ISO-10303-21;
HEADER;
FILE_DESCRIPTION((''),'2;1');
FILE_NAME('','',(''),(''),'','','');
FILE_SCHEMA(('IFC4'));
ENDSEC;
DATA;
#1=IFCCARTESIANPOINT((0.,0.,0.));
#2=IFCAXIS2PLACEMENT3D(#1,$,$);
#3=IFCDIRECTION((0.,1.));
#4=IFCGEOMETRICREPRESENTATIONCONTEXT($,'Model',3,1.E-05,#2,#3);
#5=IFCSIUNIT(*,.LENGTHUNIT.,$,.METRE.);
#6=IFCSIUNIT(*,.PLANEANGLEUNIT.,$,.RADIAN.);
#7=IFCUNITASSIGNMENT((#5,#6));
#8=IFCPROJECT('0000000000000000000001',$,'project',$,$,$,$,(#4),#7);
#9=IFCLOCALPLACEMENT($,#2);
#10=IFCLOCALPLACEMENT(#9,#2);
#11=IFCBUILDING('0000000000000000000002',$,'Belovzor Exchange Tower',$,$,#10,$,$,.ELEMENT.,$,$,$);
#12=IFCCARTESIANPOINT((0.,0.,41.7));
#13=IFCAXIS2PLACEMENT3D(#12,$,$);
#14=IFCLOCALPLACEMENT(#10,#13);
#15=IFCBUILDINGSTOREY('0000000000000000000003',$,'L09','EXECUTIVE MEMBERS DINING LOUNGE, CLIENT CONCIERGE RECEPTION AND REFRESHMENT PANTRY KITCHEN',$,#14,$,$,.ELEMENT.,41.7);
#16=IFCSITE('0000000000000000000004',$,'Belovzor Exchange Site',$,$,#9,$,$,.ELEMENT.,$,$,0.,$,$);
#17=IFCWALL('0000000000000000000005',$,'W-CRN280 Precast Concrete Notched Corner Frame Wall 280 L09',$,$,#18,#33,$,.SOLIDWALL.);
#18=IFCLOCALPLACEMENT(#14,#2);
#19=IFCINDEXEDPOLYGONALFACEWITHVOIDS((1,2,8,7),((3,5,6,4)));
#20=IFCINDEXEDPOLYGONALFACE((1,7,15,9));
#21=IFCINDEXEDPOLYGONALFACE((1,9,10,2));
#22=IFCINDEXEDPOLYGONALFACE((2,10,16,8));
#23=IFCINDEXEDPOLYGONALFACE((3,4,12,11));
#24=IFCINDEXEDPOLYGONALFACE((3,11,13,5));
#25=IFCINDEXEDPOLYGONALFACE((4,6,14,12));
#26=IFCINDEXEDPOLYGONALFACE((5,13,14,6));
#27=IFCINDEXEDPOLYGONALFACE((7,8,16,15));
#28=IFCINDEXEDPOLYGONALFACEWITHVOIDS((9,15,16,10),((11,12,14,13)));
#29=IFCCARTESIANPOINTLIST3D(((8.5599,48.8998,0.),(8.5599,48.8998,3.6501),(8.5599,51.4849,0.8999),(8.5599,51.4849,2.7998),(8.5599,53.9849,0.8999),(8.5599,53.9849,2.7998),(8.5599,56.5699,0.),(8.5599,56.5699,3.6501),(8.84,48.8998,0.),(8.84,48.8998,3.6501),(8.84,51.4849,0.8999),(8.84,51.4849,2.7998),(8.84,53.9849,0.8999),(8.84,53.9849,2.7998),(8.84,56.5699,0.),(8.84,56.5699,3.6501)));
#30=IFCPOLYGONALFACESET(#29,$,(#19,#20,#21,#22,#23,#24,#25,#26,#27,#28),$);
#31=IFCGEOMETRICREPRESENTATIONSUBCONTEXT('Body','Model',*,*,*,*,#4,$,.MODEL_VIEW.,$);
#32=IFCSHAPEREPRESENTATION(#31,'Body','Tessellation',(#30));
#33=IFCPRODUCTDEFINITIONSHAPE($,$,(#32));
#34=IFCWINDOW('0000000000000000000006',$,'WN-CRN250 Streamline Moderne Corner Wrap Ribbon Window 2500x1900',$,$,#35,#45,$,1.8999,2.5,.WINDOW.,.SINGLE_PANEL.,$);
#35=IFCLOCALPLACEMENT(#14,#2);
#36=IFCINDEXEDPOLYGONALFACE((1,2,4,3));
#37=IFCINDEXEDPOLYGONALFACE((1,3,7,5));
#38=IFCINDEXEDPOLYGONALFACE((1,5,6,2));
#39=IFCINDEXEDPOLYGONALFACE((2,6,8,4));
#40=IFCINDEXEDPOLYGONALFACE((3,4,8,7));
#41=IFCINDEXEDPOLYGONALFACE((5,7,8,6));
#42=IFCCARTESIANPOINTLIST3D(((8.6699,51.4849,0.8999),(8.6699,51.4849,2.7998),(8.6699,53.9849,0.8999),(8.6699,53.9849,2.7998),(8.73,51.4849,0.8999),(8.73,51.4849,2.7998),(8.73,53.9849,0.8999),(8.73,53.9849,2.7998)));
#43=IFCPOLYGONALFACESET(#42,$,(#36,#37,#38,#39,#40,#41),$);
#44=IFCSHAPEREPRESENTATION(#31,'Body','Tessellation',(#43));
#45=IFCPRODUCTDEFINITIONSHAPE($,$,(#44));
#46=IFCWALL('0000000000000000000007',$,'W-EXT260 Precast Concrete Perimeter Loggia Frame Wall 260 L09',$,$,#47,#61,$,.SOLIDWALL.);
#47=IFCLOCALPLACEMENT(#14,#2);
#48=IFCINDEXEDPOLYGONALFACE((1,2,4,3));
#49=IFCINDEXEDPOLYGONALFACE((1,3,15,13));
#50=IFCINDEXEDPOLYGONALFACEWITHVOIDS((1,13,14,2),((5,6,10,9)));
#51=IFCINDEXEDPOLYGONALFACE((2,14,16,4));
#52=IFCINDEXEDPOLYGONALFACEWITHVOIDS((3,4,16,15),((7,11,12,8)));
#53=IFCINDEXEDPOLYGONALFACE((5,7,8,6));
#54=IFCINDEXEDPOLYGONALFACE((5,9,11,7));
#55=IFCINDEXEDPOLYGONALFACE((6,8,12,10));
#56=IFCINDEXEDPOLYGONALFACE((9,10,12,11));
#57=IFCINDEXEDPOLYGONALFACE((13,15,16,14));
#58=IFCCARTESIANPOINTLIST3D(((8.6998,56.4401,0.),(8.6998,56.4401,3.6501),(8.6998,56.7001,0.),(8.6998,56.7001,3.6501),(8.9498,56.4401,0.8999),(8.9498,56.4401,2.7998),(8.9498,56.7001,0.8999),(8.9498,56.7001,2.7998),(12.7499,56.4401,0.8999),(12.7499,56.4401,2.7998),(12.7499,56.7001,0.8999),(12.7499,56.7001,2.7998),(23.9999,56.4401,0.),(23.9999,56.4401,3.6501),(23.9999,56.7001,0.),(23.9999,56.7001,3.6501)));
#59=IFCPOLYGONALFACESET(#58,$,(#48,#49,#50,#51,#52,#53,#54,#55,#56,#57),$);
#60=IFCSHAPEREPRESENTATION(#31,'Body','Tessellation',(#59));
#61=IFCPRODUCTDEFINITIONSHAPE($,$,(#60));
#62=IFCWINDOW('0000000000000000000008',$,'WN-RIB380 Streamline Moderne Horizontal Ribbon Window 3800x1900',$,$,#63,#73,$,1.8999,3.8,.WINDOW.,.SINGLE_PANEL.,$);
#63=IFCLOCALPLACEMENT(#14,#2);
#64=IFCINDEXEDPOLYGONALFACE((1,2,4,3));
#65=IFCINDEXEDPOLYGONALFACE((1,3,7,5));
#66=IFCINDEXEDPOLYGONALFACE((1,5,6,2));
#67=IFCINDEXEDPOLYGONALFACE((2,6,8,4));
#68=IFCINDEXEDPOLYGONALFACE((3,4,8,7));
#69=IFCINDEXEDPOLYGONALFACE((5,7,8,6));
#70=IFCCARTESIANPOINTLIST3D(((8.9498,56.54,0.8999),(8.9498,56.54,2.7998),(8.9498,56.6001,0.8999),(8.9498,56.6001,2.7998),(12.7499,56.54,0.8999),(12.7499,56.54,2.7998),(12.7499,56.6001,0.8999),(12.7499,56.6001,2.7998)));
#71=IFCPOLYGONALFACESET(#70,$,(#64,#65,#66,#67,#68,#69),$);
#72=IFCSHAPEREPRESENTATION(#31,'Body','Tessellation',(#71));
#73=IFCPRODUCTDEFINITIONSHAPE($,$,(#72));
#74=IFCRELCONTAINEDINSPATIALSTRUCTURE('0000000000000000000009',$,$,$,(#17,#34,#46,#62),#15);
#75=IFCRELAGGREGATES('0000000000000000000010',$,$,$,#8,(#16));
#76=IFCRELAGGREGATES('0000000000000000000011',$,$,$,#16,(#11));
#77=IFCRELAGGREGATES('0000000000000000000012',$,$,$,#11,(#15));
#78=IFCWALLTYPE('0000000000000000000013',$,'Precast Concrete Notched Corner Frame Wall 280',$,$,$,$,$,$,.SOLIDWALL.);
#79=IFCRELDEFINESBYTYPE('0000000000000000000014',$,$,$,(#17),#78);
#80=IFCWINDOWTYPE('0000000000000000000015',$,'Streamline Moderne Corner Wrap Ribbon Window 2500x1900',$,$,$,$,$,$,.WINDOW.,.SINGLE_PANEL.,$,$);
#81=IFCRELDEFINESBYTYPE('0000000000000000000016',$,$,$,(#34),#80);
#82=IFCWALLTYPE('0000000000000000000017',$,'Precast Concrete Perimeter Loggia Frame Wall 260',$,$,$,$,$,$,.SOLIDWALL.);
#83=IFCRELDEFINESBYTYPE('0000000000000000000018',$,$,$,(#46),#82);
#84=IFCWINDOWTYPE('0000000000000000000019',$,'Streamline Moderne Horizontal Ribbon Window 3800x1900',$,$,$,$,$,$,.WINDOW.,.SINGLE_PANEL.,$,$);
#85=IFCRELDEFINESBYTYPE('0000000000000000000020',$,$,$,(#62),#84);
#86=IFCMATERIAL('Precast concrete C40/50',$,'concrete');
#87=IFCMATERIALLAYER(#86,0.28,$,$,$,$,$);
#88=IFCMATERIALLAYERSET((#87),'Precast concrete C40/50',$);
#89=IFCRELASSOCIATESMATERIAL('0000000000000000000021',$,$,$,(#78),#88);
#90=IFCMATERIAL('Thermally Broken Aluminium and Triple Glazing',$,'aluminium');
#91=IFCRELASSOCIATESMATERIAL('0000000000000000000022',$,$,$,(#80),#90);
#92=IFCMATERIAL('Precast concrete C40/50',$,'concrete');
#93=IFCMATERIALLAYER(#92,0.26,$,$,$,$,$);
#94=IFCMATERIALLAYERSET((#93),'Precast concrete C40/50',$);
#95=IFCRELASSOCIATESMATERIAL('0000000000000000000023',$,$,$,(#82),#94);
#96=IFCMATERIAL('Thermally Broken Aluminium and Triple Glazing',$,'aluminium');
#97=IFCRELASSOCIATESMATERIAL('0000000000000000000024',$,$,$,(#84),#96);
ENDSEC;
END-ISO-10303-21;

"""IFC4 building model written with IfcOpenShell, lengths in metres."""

from ifc_helpers import new_model, si_unit, direction, frame, frame_2d, origin, place, context, subcontext, project, spatial, rectangle, extrude, material, layer, layer_set, type_object, element, fill, save


model = new_model("IFC4")

# Units and contexts
model_context = context("Model", 3, precision=1e-05, world=origin(), true_north=direction((0.0, 1.0)))
body_context = subcontext(model_context, "Body", "Model", "MODEL_VIEW")
ifc_project = project(units=[si_unit("LENGTHUNIT", "METRE"), si_unit("PLANEANGLEUNIT", "RADIAN")], contexts=[model_context])

# Site, building, storey
site_placement = place(None, origin())
site = spatial("IfcSite", under=ifc_project, at=site_placement, Name="Belovzor Exchange Site", CompositionType="ELEMENT", RefElevation=0.0)
building_placement = place(site_placement, origin())
building = spatial("IfcBuilding", under=site, at=building_placement, Name="Belovzor Exchange Tower", CompositionType="ELEMENT")
storey_placement = place(building_placement, frame((0.0, 0.0, 41.7)))
storey = spatial("IfcBuildingStorey", under=building, at=storey_placement, Name="L09", Description="EXECUTIVE MEMBERS DINING LOUNGE, CLIENT CONCIERGE RECEPTION AND REFRESHMENT PANTRY KITCHEN", CompositionType="ELEMENT", Elevation=41.7)

# Walls, openings, windows
ifc_material_1 = material(Name="Precast concrete C40/50", Category="concrete")
ifc_layer_1 = layer(ifc_material_1, 0.28)
ifc_layer_set_1 = layer_set([ifc_layer_1], Name="Precast concrete C40/50")
wall_type_1 = type_object("IfcWallType", Name="Precast Concrete Notched Corner Frame Wall 280", PredefinedType="SOLIDWALL", material=ifc_layer_set_1)
ifc_material_2 = material(Name="Thermally Broken Aluminium and Triple Glazing", Category="aluminium")
window_type_1 = type_object("IfcWindowType", Name="Streamline Moderne Corner Wrap Ribbon Window 2500x1900", PartitioningType="SINGLE_PANEL", PredefinedType="WINDOW", material=ifc_material_2)
wall_1_placement = place(storey_placement, frame((8.7, 48.8999, 0.0), z_axis=(0.0, 0.0, 1.0), x_axis=(0.0, 1.0, 0.0)))
wall_1 = element("IfcWall", 1, at=wall_1_placement, inside=storey, type_object=wall_type_1, Name="W-CRN280 Precast Concrete Notched Corner Frame Wall 280 L09", PredefinedType="SOLIDWALL", context=body_context, shape_type="SweptSolid", body=[
    extrude(rectangle(XDim=7.6702, YDim=0.28, at=frame_2d((3.835, 0.0))), origin(), (0.0, 0.0, 1.0), 3.6501),
])
opening_1_placement = place(wall_1_placement, frame((2.585, 0.0, 0.8999)))
opening_1 = element("IfcOpeningElement", 2, at=opening_1_placement, cuts=wall_1, PredefinedType="OPENING", context=body_context, shape_type="SweptSolid", body=[
    extrude(rectangle(XDim=2.5, YDim=1.8999, at=frame_2d((1.25, 0.95))), frame((0.0, 0.1499, 0.0), z_axis=(0.0, -1.0, 0.0), x_axis=(1.0, 0.0, 0.0)), (0.0, 0.0, 1.0), 0.3),
])
window_1_placement = place(opening_1_placement, origin())
window_1 = element("IfcWindow", 3, at=window_1_placement, inside=storey, type_object=window_type_1, Name="WN-CRN250 Streamline Moderne Corner Wrap Ribbon Window 2500x1900", OverallHeight=1.8999, OverallWidth=2.5, PartitioningType="SINGLE_PANEL", PredefinedType="WINDOW", context=body_context, shape_type="SweptSolid", body=[
    extrude(rectangle(XDim=2.5, YDim=1.8999, at=frame_2d((1.25, 0.95))), frame((0.0, 0.03, 0.0), z_axis=(0.0, -1.0, 0.0), x_axis=(1.0, 0.0, 0.0)), (0.0, 0.0, 1.0), 0.0601),
])
fill(opening_1, window_1)
ifc_material_3 = material(Name="Precast concrete C40/50", Category="concrete")
ifc_layer_2 = layer(ifc_material_3, 0.26)
ifc_layer_set_2 = layer_set([ifc_layer_2], Name="Precast concrete C40/50")
wall_type_2 = type_object("IfcWallType", Name="Precast Concrete Perimeter Loggia Frame Wall 260", PredefinedType="SOLIDWALL", material=ifc_layer_set_2)
wall_2_placement = place(storey_placement, frame((8.7, 56.5701, 0.0), z_axis=(0.0, 0.0, 1.0), x_axis=(1.0, 0.0, 0.0)))
wall_2 = element("IfcWall", 4, at=wall_2_placement, inside=storey, type_object=wall_type_2, Name="W-EXT260 Precast Concrete Perimeter Loggia Frame Wall 260 L09", PredefinedType="SOLIDWALL", context=body_context, shape_type="SweptSolid", body=[
    extrude(rectangle(XDim=15.3, YDim=0.26, at=frame_2d((7.6499, 0.0))), origin(), (0.0, 0.0, 1.0), 3.6501),
])
opening_2_placement = place(wall_2_placement, frame((0.25, 0.0, 0.8999)))
opening_2 = element("IfcOpeningElement", 5, at=opening_2_placement, cuts=wall_2, PredefinedType="OPENING", context=body_context, shape_type="SweptSolid", body=[
    extrude(rectangle(XDim=3.8, YDim=1.8999, at=frame_2d((1.8999, 0.95))), frame((0.0, 0.1399, 0.0), z_axis=(0.0, -1.0, 0.0), x_axis=(1.0, 0.0, 0.0)), (0.0, 0.0, 1.0), 0.28),
])
ifc_material_4 = material(Name="Thermally Broken Aluminium and Triple Glazing", Category="aluminium")
window_type_2 = type_object("IfcWindowType", Name="Streamline Moderne Horizontal Ribbon Window 3800x1900", PartitioningType="SINGLE_PANEL", PredefinedType="WINDOW", material=ifc_material_4)
window_2_placement = place(opening_2_placement, origin())
window_2 = element("IfcWindow", 6, at=window_2_placement, inside=storey, type_object=window_type_2, Name="WN-RIB380 Streamline Moderne Horizontal Ribbon Window 3800x1900", OverallHeight=1.8999, OverallWidth=3.8, PartitioningType="SINGLE_PANEL", PredefinedType="WINDOW", context=body_context, shape_type="SweptSolid", body=[
    extrude(rectangle(XDim=3.8, YDim=1.8999, at=frame_2d((1.8999, 0.95))), frame((0.0, 0.03, 0.0), z_axis=(0.0, -1.0, 0.0), x_axis=(1.0, 0.0, 0.0)), (0.0, 0.0, 1.0), 0.0601),
])
fill(opening_2, window_2)

save(model, "model.ifc")
